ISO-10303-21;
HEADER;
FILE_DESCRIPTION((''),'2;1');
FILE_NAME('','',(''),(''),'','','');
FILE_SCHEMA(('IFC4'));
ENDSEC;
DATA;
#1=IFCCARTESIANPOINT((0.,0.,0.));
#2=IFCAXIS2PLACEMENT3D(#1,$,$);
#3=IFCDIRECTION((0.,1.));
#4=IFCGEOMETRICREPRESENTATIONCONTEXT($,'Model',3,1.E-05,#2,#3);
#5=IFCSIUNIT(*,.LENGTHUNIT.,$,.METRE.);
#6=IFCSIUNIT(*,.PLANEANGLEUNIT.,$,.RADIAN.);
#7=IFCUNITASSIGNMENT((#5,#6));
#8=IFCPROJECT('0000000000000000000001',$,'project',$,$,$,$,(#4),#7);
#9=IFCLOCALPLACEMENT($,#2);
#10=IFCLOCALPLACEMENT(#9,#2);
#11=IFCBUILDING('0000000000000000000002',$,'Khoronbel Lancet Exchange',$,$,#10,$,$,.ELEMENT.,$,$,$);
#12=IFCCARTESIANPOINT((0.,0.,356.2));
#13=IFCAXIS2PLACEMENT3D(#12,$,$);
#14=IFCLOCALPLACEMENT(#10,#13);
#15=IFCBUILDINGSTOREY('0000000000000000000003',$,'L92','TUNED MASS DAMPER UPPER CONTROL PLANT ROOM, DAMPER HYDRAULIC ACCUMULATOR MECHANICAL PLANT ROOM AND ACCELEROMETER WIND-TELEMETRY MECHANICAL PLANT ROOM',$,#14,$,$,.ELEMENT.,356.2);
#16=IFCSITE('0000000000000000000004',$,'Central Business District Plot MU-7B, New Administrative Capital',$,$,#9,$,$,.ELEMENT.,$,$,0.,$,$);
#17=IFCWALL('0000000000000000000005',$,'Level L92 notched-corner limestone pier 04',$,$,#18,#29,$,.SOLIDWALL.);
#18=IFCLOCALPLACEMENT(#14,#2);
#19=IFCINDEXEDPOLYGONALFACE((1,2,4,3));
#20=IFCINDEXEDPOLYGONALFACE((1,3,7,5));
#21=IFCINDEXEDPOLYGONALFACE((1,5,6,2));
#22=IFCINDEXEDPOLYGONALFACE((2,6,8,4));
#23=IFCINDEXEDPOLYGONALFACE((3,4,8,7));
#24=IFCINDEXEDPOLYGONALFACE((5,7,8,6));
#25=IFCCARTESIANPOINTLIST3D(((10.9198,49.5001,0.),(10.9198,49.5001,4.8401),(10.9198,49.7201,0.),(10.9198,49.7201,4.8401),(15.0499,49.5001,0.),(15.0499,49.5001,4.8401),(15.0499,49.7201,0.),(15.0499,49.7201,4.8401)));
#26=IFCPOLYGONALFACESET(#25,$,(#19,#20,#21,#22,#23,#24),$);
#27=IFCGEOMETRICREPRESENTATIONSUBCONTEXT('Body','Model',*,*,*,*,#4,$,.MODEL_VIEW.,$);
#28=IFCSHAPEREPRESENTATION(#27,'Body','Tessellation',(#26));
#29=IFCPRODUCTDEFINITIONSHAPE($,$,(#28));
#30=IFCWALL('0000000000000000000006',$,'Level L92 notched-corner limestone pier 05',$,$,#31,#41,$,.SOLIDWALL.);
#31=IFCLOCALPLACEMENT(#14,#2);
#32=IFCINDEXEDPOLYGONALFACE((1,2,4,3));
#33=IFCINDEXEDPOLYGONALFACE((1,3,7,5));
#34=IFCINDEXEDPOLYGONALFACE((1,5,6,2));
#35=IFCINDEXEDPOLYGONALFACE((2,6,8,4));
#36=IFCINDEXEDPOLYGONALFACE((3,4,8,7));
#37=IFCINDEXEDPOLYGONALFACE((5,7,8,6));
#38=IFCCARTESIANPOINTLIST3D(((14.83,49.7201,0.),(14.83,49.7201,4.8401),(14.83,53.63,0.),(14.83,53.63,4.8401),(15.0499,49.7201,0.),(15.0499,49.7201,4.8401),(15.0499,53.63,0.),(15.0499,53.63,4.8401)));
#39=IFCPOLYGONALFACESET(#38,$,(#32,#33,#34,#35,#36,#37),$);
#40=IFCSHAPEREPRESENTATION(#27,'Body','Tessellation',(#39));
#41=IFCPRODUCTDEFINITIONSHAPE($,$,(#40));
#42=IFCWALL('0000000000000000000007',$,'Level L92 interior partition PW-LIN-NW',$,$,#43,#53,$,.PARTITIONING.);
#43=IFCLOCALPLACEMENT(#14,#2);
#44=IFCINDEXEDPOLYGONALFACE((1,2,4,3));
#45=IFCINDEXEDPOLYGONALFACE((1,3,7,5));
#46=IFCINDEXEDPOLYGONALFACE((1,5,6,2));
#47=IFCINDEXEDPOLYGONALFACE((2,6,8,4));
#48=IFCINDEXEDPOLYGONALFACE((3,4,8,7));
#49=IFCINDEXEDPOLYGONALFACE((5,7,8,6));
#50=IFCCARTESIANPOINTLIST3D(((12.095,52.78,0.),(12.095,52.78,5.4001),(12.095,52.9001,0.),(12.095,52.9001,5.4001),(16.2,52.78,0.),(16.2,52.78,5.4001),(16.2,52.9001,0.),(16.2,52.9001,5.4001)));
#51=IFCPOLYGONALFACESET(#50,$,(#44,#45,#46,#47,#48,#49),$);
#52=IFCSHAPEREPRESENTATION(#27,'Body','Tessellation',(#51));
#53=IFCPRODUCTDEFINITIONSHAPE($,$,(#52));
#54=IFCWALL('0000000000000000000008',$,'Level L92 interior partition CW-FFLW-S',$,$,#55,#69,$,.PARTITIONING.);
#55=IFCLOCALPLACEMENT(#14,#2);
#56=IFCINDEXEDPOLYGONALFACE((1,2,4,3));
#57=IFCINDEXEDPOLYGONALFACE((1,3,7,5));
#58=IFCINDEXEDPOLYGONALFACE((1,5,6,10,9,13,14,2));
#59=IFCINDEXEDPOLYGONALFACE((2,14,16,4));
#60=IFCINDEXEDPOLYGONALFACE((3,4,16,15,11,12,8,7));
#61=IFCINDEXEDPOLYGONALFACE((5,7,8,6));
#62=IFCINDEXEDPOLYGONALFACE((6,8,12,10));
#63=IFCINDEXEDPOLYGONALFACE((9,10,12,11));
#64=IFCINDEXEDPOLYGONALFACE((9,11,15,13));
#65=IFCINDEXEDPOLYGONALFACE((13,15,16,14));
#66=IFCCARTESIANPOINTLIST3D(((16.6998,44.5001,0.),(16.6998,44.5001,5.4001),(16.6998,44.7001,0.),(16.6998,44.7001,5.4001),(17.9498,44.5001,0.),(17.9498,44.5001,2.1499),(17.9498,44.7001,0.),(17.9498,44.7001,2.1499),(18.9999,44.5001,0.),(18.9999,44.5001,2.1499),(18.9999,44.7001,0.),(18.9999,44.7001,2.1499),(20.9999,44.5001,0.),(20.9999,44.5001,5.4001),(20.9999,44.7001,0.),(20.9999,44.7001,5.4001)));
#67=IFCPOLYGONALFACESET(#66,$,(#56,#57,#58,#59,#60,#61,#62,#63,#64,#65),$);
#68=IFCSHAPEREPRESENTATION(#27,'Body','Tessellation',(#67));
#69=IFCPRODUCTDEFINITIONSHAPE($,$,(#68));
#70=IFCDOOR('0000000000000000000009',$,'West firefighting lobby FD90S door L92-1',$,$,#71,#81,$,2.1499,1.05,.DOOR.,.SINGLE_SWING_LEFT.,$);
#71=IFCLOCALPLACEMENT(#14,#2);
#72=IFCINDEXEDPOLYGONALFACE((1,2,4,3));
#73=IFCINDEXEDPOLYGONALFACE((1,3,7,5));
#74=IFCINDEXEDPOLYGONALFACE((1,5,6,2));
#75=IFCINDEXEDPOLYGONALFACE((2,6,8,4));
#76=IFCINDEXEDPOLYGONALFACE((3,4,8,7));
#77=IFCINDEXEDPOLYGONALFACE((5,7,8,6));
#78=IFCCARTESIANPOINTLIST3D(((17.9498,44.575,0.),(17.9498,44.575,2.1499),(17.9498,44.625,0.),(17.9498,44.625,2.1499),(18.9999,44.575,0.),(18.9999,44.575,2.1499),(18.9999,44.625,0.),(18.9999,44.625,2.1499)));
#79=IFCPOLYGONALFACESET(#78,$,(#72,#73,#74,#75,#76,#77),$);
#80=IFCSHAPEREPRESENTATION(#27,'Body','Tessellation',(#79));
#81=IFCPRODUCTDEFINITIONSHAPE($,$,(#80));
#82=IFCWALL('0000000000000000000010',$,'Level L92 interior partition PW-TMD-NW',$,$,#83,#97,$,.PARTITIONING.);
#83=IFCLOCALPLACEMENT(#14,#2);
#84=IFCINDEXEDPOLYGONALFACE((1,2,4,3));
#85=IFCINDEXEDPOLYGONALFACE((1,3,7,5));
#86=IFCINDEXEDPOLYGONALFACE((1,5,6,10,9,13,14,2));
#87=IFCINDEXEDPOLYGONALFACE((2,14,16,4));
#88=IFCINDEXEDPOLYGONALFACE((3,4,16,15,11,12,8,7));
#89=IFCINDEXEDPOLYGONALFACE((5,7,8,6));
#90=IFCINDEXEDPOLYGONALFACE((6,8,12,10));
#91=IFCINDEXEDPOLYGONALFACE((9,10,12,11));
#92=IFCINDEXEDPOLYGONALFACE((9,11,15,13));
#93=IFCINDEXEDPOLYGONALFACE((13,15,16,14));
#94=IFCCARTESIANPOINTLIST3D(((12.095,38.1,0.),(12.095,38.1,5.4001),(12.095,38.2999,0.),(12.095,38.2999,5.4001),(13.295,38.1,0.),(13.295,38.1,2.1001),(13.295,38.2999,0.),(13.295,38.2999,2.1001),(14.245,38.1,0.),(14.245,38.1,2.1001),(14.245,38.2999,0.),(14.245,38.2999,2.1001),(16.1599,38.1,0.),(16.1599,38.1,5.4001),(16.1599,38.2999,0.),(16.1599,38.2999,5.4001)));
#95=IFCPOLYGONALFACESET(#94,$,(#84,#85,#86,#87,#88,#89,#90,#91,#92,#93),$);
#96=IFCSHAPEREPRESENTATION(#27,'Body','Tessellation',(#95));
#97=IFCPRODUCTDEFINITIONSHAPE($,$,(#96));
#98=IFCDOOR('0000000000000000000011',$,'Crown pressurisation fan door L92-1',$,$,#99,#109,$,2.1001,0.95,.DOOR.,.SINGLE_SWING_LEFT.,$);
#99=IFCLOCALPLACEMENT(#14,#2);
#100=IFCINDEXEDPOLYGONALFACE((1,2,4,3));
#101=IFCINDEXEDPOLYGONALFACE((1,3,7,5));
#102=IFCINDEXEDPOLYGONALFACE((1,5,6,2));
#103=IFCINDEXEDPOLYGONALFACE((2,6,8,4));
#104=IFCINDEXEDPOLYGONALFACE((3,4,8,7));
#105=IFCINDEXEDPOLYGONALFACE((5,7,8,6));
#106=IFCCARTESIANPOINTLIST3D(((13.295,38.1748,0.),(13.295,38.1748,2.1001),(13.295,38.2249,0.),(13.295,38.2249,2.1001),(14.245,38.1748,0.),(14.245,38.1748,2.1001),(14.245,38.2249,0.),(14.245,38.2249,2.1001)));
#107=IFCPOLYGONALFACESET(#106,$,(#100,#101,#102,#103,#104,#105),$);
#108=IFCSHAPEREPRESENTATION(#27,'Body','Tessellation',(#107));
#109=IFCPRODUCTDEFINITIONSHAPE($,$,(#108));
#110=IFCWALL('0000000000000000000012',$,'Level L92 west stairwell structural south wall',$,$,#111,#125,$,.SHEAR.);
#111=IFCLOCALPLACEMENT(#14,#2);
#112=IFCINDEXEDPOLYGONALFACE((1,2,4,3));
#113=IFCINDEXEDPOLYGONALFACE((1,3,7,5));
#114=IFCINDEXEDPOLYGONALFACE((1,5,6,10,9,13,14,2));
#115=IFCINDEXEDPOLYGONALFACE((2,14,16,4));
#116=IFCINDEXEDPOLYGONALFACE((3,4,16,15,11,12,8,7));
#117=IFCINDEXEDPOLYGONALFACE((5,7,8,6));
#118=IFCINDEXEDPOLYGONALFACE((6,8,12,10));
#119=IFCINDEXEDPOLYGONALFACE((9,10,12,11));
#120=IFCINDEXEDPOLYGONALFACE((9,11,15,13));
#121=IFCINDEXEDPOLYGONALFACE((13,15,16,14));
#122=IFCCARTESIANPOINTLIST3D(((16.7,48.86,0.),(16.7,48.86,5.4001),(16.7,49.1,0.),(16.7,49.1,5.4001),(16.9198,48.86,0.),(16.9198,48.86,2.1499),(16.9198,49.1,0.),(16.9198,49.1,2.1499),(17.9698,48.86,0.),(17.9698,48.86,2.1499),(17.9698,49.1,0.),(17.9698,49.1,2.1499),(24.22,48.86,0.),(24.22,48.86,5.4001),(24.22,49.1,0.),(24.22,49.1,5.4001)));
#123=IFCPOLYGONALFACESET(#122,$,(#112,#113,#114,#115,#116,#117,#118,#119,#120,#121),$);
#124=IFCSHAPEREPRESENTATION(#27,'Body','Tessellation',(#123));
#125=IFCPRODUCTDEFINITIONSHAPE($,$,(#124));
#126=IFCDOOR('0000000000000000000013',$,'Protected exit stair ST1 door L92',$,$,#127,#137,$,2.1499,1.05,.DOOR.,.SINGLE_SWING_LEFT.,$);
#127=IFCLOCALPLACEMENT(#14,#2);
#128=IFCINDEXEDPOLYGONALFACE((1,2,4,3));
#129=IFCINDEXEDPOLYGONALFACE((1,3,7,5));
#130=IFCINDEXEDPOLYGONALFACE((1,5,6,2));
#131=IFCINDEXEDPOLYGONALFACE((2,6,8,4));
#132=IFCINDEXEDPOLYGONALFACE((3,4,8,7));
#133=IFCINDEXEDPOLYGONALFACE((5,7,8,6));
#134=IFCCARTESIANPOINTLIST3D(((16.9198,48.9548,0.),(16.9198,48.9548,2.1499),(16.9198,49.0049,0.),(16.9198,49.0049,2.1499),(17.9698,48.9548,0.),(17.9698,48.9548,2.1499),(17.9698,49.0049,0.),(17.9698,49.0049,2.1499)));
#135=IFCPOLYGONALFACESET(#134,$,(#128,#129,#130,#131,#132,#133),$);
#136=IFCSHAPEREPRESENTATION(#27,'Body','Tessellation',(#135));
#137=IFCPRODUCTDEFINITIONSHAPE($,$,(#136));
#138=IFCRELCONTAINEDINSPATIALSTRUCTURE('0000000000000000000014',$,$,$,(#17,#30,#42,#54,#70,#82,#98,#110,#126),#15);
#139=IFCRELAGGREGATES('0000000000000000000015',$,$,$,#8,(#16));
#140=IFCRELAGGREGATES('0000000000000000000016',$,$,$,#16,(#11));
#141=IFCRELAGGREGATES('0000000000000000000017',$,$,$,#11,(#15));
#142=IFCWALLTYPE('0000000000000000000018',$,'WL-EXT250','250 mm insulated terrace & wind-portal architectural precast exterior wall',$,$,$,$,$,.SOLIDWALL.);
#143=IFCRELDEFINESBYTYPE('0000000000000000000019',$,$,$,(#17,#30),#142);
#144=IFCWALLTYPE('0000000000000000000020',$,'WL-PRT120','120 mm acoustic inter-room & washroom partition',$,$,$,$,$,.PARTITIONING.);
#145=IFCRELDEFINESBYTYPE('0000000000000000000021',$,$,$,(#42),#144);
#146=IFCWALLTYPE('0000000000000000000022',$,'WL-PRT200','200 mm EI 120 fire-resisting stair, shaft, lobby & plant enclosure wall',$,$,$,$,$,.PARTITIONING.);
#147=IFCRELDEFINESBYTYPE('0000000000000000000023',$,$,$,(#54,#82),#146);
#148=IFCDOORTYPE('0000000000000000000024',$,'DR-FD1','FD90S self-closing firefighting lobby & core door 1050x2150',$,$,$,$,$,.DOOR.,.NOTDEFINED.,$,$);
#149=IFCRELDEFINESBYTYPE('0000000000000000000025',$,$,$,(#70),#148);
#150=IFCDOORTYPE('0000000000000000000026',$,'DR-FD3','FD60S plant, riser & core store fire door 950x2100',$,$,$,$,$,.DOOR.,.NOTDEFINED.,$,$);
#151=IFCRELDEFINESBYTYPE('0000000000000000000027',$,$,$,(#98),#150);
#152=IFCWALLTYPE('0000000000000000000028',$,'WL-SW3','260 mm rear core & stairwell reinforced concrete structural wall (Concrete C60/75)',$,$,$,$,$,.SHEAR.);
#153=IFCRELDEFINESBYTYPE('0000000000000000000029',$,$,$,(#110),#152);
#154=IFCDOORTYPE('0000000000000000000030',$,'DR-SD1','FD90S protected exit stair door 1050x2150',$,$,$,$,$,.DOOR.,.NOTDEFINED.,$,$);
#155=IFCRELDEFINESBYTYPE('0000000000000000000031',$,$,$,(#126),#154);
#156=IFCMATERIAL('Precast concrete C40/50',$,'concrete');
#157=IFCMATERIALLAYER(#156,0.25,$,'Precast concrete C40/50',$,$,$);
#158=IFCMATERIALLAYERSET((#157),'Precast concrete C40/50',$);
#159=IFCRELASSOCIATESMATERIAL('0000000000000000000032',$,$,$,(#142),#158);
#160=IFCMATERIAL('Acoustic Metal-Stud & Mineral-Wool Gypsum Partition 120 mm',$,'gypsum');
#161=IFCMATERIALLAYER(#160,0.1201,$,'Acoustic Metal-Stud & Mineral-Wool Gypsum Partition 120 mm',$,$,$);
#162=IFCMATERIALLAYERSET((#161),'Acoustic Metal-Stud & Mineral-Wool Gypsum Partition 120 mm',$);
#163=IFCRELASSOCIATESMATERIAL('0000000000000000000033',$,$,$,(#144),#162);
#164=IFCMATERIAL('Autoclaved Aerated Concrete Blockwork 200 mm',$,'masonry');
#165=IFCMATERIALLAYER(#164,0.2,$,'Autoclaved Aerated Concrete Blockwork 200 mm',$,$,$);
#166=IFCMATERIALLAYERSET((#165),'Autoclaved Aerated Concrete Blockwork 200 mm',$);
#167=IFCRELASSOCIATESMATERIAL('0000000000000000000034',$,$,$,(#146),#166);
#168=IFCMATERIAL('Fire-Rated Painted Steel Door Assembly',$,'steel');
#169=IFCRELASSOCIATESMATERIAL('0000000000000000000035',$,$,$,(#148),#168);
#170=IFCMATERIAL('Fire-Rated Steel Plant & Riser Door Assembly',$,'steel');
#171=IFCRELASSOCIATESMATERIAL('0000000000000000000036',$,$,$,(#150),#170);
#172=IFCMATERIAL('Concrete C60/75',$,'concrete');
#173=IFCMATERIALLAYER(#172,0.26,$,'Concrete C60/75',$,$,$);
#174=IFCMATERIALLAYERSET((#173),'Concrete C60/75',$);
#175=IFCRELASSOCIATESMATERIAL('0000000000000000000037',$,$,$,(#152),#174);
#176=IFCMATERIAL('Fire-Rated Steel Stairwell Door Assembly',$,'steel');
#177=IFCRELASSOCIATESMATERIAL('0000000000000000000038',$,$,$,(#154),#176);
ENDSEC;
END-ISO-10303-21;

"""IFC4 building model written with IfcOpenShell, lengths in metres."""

from ifc_helpers import new_model, si_unit, direction, frame, frame_2d, origin, place, context, subcontext, project, spatial, rectangle, extrude, material, layer, layer_set, type_object, element, fill, save


model = new_model("IFC4")

# Units and contexts
model_context = context("Model", 3, precision=1e-05, world=origin(), true_north=direction((0.0, 1.0)))
body_context = subcontext(model_context, "Body", "Model", "MODEL_VIEW")
ifc_project = project(units=[si_unit("LENGTHUNIT", "METRE"), si_unit("PLANEANGLEUNIT", "RADIAN")], contexts=[model_context])

# Site, building, storey
site_placement = place(None, origin())
site = spatial("IfcSite", under=ifc_project, at=site_placement, Name="Central Business District Plot MU-7B, New Administrative Capital", CompositionType="ELEMENT", RefElevation=0.0)
building_placement = place(site_placement, origin())
building = spatial("IfcBuilding", under=site, at=building_placement, Name="Khoronbel Lancet Exchange", CompositionType="ELEMENT")
storey_placement = place(building_placement, frame((0.0, 0.0, 356.2)))
storey = spatial("IfcBuildingStorey", under=building, at=storey_placement, Name="L92", Description="TUNED MASS DAMPER UPPER CONTROL PLANT ROOM, DAMPER HYDRAULIC ACCUMULATOR MECHANICAL PLANT ROOM AND ACCELEROMETER WIND-TELEMETRY MECHANICAL PLANT ROOM", CompositionType="ELEMENT", Elevation=356.2)

# Walls
ifc_material_1 = material(Name="Concrete C60/75", Category="concrete")
ifc_material_2 = material(Name="Precast concrete C40/50", Category="concrete")
ifc_layer_1 = layer(ifc_material_2, 0.25, Name="Precast concrete C40/50")
ifc_layer_set_1 = layer_set([ifc_layer_1], Name="Precast concrete C40/50")
wall_type_1 = type_object("IfcWallType", Name="WL-EXT250", Description="250 mm insulated terrace & wind-portal architectural precast exterior wall", PredefinedType="SOLIDWALL", material=ifc_layer_set_1)
wall_1_placement = place(storey_placement, frame((10.9199, 49.6101, 0.0), z_axis=(0.0, 0.0, 1.0), x_axis=(1.0, 0.0, 0.0)))
element("IfcWall", 1, at=wall_1_placement, inside=storey, type_object=wall_type_1, Name="Level L92 notched-corner limestone pier 04", PredefinedType="SOLIDWALL", context=body_context, shape_type="SweptSolid", body=[
    extrude(rectangle(XDim=4.1301, YDim=0.22, at=frame_2d((2.0649, 0.0))), origin(), (0.0, 0.0, 1.0), 4.8401),
])
wall_2_placement = place(storey_placement, frame((14.9399, 49.72, 0.0), z_axis=(0.0, 0.0, 1.0), x_axis=(0.0, 1.0, 0.0)))
element("IfcWall", 2, at=wall_2_placement, inside=storey, type_object=wall_type_1, Name="Level L92 notched-corner limestone pier 05", PredefinedType="SOLIDWALL", context=body_context, shape_type="SweptSolid", body=[
    extrude(rectangle(XDim=3.9099, YDim=0.22, at=frame_2d((1.9551, 0.0))), origin(), (0.0, 0.0, 1.0), 4.8401),
])
ifc_material_3 = material(Name="Acoustic Metal-Stud & Mineral-Wool Gypsum Partition 120 mm", Category="gypsum")
ifc_layer_2 = layer(ifc_material_3, 0.1201, Name="Acoustic Metal-Stud & Mineral-Wool Gypsum Partition 120 mm")
ifc_layer_set_2 = layer_set([ifc_layer_2], Name="Acoustic Metal-Stud & Mineral-Wool Gypsum Partition 120 mm")
wall_type_2 = type_object("IfcWallType", Name="WL-PRT120", Description="120 mm acoustic inter-room & washroom partition", PredefinedType="PARTITIONING", material=ifc_layer_set_2)
wall_3_placement = place(storey_placement, frame((12.095, 52.8401, 0.0), z_axis=(0.0, 0.0, 1.0), x_axis=(1.0, 0.0, 0.0)))
element("IfcWall", 3, at=wall_3_placement, inside=storey, type_object=wall_type_2, Name="Level L92 interior partition PW-LIN-NW", PredefinedType="PARTITIONING", context=body_context, shape_type="SweptSolid", body=[
    extrude(rectangle(XDim=4.105, YDim=0.1201, at=frame_2d((2.0525, 0.0))), origin(), (0.0, 0.0, 1.0), 5.4001),
])

# Walls, openings, doors
ifc_material_4 = material(Name="Autoclaved Aerated Concrete Blockwork 200 mm", Category="masonry")
ifc_layer_3 = layer(ifc_material_4, 0.2, Name="Autoclaved Aerated Concrete Blockwork 200 mm")
ifc_layer_set_3 = layer_set([ifc_layer_3], Name="Autoclaved Aerated Concrete Blockwork 200 mm")
wall_type_3 = type_object("IfcWallType", Name="WL-PRT200", Description="200 mm EI 120 fire-resisting stair, shaft, lobby & plant enclosure wall", PredefinedType="PARTITIONING", material=ifc_layer_set_3)
wall_4_placement = place(storey_placement, frame((16.7, 44.6001, 0.0), z_axis=(0.0, 0.0, 1.0), x_axis=(1.0, 0.0, 0.0)))
wall_4 = element("IfcWall", 4, at=wall_4_placement, inside=storey, type_object=wall_type_3, Name="Level L92 interior partition CW-FFLW-S", PredefinedType="PARTITIONING", context=body_context, shape_type="SweptSolid", body=[
    extrude(rectangle(XDim=4.3, YDim=0.2, at=frame_2d((2.1499, 0.0))), origin(), (0.0, 0.0, 1.0), 5.4001),
])
opening_1_placement = place(wall_4_placement, frame((1.25, 0.0, 0.0)))
opening_1 = element("IfcOpeningElement", 5, at=opening_1_placement, cuts=wall_4, PredefinedType="OPENING", context=body_context, shape_type="SweptSolid", body=[
    extrude(rectangle(XDim=1.05, YDim=2.1499, at=frame_2d((0.5249, 1.075))), frame((0.0, 0.1099, 0.0), z_axis=(0.0, -1.0, 0.0), x_axis=(1.0, 0.0, 0.0)), (0.0, 0.0, 1.0), 0.22),
])
ifc_material_5 = material(Name="Fire-Rated Painted Steel Door Assembly", Category="steel")
door_type_1 = type_object("IfcDoorType", Name="DR-FD1", Description="FD90S self-closing firefighting lobby & core door 1050x2150", OperationType="NOTDEFINED", PredefinedType="DOOR", material=ifc_material_5)
door_1_placement = place(opening_1_placement, origin())
door_1 = element("IfcDoor", 6, at=door_1_placement, inside=storey, type_object=door_type_1, Name="West firefighting lobby FD90S door L92-1", OperationType="SINGLE_SWING_LEFT", OverallHeight=2.1499, OverallWidth=1.05, PredefinedType="DOOR", context=body_context, shape_type="SweptSolid", body=[
    extrude(rectangle(XDim=1.05, YDim=2.1499, at=frame_2d((0.5249, 1.075))), frame((0.0, 0.0249, 0.0), z_axis=(0.0, -1.0, 0.0), x_axis=(1.0, 0.0, 0.0)), (0.0, 0.0, 1.0), 0.05),
])
fill(opening_1, door_1)
wall_5_placement = place(storey_placement, frame((12.095, 38.2, 0.0), z_axis=(0.0, 0.0, 1.0), x_axis=(1.0, 0.0, 0.0)))
wall_5 = element("IfcWall", 7, at=wall_5_placement, inside=storey, type_object=wall_type_3, Name="Level L92 interior partition PW-TMD-NW", PredefinedType="PARTITIONING", context=body_context, shape_type="SweptSolid", body=[
    extrude(rectangle(XDim=4.0649, YDim=0.2, at=frame_2d((2.0325, 0.0))), origin(), (0.0, 0.0, 1.0), 5.4001),
])
opening_2_placement = place(wall_5_placement, frame((1.2, 0.0, 0.0)))
opening_2 = element("IfcOpeningElement", 8, at=opening_2_placement, cuts=wall_5, PredefinedType="OPENING", context=body_context, shape_type="SweptSolid", body=[
    extrude(rectangle(XDim=0.95, YDim=2.1001, at=frame_2d((0.4751, 1.05))), frame((0.0, 0.1099, 0.0), z_axis=(0.0, -1.0, 0.0), x_axis=(1.0, 0.0, 0.0)), (0.0, 0.0, 1.0), 0.22),
])
ifc_material_6 = material(Name="Fire-Rated Steel Plant & Riser Door Assembly", Category="steel")
door_type_2 = type_object("IfcDoorType", Name="DR-FD3", Description="FD60S plant, riser & core store fire door 950x2100", OperationType="NOTDEFINED", PredefinedType="DOOR", material=ifc_material_6)
door_2_placement = place(opening_2_placement, origin())
door_2 = element("IfcDoor", 9, at=door_2_placement, inside=storey, type_object=door_type_2, Name="Crown pressurisation fan door L92-1", OperationType="SINGLE_SWING_LEFT", OverallHeight=2.1001, OverallWidth=0.95, PredefinedType="DOOR", context=body_context, shape_type="SweptSolid", body=[
    extrude(rectangle(XDim=0.95, YDim=2.1001, at=frame_2d((0.4751, 1.05))), frame((0.0, 0.0249, 0.0), z_axis=(0.0, -1.0, 0.0), x_axis=(1.0, 0.0, 0.0)), (0.0, 0.0, 1.0), 0.05),
])
fill(opening_2, door_2)
ifc_layer_4 = layer(ifc_material_1, 0.26, Name="Concrete C60/75")
ifc_layer_set_4 = layer_set([ifc_layer_4], Name="Concrete C60/75")
wall_type_4 = type_object("IfcWallType", Name="WL-SW3", Description="260 mm rear core & stairwell reinforced concrete structural wall (Concrete C60/75)", PredefinedType="SHEAR", material=ifc_layer_set_4)
wall_6_placement = place(storey_placement, frame((16.7, 48.98, 0.0), z_axis=(0.0, 0.0, 1.0), x_axis=(1.0, 0.0, 0.0)))
wall_6 = element("IfcWall", 10, at=wall_6_placement, inside=storey, type_object=wall_type_4, Name="Level L92 west stairwell structural south wall", PredefinedType="SHEAR", context=body_context, shape_type="SweptSolid", body=[
    extrude(rectangle(XDim=7.52, YDim=0.24, at=frame_2d((3.76, 0.0))), origin(), (0.0, 0.0, 1.0), 5.4001),
])
opening_3_placement = place(wall_6_placement, frame((0.22, 0.0, 0.0)))
opening_3 = element("IfcOpeningElement", 11, at=opening_3_placement, cuts=wall_6, PredefinedType="OPENING", context=body_context, shape_type="SweptSolid", body=[
    extrude(rectangle(XDim=1.05, YDim=2.1499, at=frame_2d((0.5249, 1.075))), frame((0.0, 0.1299, 0.0), z_axis=(0.0, -1.0, 0.0), x_axis=(1.0, 0.0, 0.0)), (0.0, 0.0, 1.0), 0.26),
])
ifc_material_7 = material(Name="Fire-Rated Steel Stairwell Door Assembly", Category="steel")
door_type_3 = type_object("IfcDoorType", Name="DR-SD1", Description="FD90S protected exit stair door 1050x2150", OperationType="NOTDEFINED", PredefinedType="DOOR", material=ifc_material_7)
door_3_placement = place(opening_3_placement, origin())
door_3 = element("IfcDoor", 12, at=door_3_placement, inside=storey, type_object=door_type_3, Name="Protected exit stair ST1 door L92", OperationType="SINGLE_SWING_LEFT", OverallHeight=2.1499, OverallWidth=1.05, PredefinedType="DOOR", context=body_context, shape_type="SweptSolid", body=[
    extrude(rectangle(XDim=1.05, YDim=2.1499, at=frame_2d((0.5249, 1.075))), frame((0.0, 0.0249, 0.0), z_axis=(0.0, -1.0, 0.0), x_axis=(1.0, 0.0, 0.0)), (0.0, 0.0, 1.0), 0.05),
])
fill(opening_3, door_3)

save(model, "model.ifc")
